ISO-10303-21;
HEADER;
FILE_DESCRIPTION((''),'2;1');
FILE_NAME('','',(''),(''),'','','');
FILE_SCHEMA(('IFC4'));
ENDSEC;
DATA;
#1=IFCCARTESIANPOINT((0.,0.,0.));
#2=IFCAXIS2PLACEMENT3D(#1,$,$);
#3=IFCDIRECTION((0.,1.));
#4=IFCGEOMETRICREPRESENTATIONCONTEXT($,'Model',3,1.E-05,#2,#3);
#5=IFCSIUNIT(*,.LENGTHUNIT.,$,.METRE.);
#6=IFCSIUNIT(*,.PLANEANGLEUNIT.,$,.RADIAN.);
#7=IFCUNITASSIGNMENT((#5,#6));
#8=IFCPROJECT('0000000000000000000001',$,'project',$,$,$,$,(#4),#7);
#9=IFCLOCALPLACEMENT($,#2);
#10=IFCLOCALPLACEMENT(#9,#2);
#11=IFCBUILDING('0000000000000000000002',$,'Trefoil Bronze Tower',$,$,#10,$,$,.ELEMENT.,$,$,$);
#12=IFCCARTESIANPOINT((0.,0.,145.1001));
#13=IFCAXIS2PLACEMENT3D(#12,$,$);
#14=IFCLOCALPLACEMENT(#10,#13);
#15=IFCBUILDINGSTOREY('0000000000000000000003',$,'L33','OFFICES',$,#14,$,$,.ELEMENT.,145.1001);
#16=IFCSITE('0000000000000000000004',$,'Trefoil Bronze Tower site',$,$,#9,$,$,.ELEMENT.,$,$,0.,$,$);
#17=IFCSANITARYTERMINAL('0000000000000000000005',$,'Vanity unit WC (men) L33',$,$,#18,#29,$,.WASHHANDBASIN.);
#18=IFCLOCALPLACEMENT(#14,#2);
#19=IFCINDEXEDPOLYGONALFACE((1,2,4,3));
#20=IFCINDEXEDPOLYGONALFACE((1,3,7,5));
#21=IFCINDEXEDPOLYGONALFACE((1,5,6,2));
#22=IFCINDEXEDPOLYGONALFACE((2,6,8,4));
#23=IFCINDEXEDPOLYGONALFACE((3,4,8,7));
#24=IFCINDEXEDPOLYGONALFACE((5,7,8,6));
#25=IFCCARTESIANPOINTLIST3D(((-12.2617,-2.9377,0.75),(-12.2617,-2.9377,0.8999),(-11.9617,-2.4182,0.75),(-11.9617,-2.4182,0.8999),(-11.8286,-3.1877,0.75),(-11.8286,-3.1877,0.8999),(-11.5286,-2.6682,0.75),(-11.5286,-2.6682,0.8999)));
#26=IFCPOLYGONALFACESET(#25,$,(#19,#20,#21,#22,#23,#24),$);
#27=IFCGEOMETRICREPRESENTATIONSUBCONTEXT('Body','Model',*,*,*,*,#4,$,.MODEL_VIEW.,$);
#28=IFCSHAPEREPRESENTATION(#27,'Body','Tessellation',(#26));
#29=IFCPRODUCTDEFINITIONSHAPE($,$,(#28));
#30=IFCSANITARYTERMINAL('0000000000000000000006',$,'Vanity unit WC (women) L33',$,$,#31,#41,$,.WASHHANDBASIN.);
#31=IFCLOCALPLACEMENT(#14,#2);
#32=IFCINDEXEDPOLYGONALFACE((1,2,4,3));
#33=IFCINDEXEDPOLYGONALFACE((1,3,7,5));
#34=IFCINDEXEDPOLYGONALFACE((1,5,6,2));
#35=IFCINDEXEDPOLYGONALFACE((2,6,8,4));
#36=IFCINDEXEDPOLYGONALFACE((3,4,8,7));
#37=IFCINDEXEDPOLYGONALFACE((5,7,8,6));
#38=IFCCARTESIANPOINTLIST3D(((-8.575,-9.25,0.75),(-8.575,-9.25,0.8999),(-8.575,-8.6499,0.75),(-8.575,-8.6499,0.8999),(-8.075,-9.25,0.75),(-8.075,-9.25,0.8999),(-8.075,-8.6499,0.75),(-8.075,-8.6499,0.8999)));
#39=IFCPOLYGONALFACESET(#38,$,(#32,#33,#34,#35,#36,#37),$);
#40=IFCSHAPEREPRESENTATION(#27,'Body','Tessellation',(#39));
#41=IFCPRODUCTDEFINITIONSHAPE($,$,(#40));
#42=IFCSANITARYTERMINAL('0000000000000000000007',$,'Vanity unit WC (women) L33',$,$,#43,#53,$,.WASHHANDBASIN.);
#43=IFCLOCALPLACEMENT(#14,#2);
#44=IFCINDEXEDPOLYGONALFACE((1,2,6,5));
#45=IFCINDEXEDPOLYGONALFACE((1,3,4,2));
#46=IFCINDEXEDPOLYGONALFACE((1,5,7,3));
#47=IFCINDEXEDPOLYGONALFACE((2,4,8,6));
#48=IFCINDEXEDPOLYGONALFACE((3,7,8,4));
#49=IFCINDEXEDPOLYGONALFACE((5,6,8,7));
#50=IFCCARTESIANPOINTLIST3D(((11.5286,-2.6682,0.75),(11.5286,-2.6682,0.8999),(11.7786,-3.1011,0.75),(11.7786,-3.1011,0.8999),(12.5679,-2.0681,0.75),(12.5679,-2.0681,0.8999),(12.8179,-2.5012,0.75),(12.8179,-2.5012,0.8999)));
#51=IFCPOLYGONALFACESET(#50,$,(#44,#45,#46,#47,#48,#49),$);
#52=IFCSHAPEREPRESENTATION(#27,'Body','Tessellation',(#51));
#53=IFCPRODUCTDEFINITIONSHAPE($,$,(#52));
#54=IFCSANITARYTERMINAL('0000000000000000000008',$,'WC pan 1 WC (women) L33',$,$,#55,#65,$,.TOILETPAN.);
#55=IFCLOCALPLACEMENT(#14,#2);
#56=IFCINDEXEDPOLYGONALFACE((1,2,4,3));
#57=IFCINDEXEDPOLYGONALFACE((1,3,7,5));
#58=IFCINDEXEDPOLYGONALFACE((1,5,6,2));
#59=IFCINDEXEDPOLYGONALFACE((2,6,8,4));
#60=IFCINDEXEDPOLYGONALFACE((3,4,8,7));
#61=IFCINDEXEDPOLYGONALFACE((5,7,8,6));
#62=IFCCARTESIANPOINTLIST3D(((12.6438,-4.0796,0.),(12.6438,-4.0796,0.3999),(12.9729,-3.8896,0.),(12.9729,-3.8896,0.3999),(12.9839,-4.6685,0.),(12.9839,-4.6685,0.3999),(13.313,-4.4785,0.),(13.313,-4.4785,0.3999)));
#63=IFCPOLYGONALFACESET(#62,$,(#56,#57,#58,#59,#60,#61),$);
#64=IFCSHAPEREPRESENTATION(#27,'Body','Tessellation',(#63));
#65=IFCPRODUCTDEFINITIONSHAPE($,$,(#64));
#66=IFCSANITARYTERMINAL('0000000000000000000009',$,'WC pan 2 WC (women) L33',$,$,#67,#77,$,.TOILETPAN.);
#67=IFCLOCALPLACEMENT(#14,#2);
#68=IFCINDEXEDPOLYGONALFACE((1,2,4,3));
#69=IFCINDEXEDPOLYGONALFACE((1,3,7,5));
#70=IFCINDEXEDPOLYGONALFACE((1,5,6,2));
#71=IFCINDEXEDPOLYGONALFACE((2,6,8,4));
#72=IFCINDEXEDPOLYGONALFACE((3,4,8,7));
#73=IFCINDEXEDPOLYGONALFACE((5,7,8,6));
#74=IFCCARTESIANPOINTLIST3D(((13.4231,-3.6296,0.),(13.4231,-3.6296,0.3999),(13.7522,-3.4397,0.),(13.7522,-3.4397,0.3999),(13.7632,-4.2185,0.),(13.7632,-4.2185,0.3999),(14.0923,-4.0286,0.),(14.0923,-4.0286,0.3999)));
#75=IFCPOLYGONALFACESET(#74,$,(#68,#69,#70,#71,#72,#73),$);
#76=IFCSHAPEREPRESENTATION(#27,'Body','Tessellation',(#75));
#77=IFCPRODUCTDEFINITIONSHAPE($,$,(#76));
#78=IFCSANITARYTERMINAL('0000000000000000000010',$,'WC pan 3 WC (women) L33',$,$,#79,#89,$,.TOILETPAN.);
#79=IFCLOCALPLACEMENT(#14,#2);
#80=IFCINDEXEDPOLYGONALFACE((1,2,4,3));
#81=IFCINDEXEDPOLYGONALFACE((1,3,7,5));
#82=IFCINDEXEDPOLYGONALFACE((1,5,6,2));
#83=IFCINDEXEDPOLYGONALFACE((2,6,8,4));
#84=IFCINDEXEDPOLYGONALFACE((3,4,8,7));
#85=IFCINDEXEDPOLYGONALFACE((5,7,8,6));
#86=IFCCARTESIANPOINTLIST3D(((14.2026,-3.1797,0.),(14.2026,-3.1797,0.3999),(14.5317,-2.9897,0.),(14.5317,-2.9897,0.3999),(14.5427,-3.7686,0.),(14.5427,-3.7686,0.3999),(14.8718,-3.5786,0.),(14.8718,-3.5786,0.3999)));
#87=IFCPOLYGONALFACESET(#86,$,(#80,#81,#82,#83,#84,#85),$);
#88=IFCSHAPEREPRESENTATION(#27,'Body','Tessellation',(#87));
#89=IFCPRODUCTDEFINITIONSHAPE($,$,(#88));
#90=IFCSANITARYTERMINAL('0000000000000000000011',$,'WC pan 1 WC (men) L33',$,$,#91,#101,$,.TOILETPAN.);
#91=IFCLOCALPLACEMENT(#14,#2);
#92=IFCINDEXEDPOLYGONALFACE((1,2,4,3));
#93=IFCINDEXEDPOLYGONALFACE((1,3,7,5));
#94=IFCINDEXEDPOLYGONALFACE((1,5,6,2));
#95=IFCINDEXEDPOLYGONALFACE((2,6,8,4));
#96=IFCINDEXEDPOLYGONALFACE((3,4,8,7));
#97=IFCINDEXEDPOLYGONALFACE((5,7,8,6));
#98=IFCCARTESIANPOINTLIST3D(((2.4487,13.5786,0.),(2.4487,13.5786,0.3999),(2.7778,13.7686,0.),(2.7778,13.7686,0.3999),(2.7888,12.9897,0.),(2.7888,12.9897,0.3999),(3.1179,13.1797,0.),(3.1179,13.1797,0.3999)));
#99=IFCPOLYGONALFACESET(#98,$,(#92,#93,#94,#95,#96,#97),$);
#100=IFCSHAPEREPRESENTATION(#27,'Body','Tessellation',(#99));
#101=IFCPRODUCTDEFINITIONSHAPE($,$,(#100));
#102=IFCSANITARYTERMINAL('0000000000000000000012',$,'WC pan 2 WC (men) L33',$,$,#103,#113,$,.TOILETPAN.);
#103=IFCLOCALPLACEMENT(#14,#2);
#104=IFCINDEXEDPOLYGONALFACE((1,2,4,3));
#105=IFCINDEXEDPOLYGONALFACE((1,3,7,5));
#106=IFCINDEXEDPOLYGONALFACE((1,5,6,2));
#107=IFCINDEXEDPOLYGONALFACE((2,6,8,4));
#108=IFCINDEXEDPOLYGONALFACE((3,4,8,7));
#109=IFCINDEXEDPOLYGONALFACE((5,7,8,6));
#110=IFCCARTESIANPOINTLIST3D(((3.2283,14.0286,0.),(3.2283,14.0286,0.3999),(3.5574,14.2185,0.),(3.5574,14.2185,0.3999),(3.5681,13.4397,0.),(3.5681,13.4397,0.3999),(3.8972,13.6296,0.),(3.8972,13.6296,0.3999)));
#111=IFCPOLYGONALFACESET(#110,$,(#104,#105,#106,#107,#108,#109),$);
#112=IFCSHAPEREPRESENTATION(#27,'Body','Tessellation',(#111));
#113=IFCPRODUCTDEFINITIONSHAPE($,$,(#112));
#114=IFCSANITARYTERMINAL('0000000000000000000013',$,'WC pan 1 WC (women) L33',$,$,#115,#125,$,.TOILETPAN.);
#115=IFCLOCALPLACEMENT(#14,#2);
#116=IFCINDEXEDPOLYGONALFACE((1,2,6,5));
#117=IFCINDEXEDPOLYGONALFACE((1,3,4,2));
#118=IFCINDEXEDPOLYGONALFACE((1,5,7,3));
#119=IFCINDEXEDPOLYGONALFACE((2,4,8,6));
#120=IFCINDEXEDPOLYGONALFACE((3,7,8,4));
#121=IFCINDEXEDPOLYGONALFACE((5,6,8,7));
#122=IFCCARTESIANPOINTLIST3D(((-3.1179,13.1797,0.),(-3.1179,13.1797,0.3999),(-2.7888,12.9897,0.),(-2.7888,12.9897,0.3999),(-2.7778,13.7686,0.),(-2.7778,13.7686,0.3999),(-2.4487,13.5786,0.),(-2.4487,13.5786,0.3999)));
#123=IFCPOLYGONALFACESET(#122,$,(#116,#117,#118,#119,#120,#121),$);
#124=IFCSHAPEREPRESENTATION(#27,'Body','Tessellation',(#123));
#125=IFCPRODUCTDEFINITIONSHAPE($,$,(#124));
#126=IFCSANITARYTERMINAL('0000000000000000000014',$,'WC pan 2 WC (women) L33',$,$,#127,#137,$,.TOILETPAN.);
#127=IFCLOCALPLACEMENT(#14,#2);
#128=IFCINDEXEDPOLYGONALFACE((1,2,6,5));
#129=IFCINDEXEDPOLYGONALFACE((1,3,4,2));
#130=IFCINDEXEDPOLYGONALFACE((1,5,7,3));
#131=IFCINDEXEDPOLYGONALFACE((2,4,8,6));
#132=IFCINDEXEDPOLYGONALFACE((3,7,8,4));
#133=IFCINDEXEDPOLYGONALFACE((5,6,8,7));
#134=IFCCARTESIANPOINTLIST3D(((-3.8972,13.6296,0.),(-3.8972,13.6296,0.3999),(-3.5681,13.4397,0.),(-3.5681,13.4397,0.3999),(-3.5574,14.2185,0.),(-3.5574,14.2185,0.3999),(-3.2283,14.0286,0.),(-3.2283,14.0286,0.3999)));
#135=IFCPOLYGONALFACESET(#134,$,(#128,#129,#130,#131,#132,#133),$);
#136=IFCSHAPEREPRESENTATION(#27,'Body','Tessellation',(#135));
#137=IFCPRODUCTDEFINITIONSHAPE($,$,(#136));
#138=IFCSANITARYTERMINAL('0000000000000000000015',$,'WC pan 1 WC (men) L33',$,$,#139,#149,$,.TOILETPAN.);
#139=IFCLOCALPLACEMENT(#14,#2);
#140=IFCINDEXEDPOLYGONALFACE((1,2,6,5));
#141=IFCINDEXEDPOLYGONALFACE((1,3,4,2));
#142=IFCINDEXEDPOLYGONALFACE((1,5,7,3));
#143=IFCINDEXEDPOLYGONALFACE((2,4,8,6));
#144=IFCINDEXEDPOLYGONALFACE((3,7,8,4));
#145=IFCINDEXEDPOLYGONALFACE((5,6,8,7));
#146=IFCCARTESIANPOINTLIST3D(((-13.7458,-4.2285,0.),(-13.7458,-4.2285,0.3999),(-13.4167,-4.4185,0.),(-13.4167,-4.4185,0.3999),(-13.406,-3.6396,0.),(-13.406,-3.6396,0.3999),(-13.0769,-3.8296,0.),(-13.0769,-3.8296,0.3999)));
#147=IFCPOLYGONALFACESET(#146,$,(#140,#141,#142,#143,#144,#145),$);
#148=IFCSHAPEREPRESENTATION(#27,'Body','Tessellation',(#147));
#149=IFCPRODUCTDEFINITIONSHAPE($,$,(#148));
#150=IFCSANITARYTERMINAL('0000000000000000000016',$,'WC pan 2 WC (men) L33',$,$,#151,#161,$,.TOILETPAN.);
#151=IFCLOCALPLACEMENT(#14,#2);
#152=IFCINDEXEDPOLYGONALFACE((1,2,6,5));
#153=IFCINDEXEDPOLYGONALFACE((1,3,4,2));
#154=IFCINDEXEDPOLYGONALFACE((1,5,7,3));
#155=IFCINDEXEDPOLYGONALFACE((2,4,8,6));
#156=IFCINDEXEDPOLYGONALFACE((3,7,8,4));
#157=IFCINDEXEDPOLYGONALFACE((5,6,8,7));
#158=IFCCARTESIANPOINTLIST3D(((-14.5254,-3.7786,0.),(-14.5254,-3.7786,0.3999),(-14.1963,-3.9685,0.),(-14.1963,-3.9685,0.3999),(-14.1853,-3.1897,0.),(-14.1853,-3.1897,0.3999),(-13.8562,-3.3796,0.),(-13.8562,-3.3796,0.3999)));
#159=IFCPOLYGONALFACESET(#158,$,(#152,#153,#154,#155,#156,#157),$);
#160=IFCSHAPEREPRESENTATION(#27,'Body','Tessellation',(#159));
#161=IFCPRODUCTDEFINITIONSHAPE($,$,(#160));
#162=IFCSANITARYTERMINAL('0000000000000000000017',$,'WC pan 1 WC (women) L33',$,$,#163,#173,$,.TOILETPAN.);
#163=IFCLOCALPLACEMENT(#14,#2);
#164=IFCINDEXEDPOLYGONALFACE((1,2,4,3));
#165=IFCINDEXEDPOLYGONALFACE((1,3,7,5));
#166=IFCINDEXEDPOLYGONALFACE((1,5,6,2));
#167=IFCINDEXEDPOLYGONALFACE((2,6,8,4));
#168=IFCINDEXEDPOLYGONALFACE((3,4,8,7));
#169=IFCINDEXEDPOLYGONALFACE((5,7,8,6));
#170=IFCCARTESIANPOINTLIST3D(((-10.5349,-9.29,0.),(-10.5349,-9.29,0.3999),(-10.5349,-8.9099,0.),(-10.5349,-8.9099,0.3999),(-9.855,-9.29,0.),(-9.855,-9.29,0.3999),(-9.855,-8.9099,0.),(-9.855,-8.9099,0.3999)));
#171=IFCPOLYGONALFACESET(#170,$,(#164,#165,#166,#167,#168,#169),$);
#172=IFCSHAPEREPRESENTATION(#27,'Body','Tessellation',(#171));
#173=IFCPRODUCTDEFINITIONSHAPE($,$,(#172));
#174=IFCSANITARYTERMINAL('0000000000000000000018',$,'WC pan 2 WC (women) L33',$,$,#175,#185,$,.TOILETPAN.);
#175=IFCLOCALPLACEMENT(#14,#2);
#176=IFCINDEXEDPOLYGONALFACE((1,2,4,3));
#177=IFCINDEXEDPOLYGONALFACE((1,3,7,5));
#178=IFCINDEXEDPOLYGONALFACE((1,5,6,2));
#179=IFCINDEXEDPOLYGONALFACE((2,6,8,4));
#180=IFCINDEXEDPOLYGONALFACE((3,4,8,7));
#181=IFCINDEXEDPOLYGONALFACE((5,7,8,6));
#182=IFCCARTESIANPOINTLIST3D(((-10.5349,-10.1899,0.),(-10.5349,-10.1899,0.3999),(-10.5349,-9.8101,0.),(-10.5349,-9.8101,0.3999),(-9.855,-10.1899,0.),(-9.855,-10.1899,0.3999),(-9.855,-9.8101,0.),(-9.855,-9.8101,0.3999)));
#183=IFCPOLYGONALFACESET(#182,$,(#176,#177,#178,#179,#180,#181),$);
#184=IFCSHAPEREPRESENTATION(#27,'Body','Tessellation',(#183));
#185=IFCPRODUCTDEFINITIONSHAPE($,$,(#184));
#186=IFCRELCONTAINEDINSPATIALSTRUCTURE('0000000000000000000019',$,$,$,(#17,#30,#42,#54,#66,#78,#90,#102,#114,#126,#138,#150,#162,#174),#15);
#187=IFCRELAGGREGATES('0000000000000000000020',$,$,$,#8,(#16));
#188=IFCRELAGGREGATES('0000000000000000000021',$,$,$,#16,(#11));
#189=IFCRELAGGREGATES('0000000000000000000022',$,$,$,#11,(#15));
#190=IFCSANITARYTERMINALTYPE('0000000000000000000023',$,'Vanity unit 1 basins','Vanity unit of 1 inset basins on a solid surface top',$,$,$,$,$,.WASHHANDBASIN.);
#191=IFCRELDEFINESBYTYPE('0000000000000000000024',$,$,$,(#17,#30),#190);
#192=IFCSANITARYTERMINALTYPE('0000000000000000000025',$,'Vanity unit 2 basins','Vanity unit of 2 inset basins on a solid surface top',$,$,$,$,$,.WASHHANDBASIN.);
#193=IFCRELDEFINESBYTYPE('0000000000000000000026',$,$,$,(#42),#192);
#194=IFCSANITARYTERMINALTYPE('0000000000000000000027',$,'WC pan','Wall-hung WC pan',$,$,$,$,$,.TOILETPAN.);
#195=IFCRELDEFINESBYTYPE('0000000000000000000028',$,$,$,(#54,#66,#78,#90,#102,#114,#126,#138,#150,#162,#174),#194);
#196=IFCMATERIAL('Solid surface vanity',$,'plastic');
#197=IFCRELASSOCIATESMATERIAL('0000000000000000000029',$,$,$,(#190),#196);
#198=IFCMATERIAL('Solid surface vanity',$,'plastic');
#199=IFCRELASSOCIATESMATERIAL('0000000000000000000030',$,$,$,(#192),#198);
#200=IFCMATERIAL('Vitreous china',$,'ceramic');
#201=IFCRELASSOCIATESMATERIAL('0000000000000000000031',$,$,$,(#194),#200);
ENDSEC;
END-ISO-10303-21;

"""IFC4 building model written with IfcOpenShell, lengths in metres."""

from ifc_helpers import new_model, si_unit, direction, frame, origin, place, context, subcontext, project, spatial, polyline, outline, extrude, material, type_object, element, save


model = new_model("IFC4")

# Units and contexts
model_context = context("Model", 3, precision=1e-05, world=origin(), true_north=direction((0.0, 1.0)))
body_context = subcontext(model_context, "Body", "Model", "MODEL_VIEW")
ifc_project = project(units=[si_unit("LENGTHUNIT", "METRE"), si_unit("PLANEANGLEUNIT", "RADIAN")], contexts=[model_context])

# Site, building, storey
site_placement = place(None, origin())
site = spatial("IfcSite", under=ifc_project, at=site_placement, Name="Trefoil Bronze Tower site", CompositionType="ELEMENT", RefElevation=0.0)
building_placement = place(site_placement, origin())
building = spatial("IfcBuilding", under=site, at=building_placement, Name="Trefoil Bronze Tower", CompositionType="ELEMENT")
storey_placement = place(building_placement, frame((0.0, 0.0, 145.1001)))
storey = spatial("IfcBuildingStorey", under=building, at=storey_placement, Name="L33", Description="OFFICES", CompositionType="ELEMENT", Elevation=145.1001)

# Sanitary terminals
ifc_material_1 = material(Name="Solid surface vanity", Category="plastic")
sanitary_terminal_type_1 = type_object("IfcSanitaryTerminalType", Name="Vanity unit 1 basins", Description="Vanity unit of 1 inset basins on a solid surface top", PredefinedType="WASHHANDBASIN", material=ifc_material_1)
sanitary_terminal_1_placement = place(storey_placement, frame((0.0, 0.0, 0.75)))
element("IfcSanitaryTerminal", 1, at=sanitary_terminal_1_placement, inside=storey, type_object=sanitary_terminal_type_1, Name="Vanity unit WC (men) L33", PredefinedType="WASHHANDBASIN", context=body_context, shape_type="SweptSolid", body=[
    extrude(outline(polyline([(-11.5286, -2.6682), (-11.8286, -3.1877), (-12.2617, -2.9377), (-11.9617, -2.4182), (-11.5286, -2.6682)])), origin(), (0.0, 0.0, 1.0), 0.1499),
])
sanitary_terminal_2_placement = place(storey_placement, frame((0.0, 0.0, 0.75)))
element("IfcSanitaryTerminal", 2, at=sanitary_terminal_2_placement, inside=storey, type_object=sanitary_terminal_type_1, Name="Vanity unit WC (women) L33", PredefinedType="WASHHANDBASIN", context=body_context, shape_type="SweptSolid", body=[
    extrude(outline(polyline([(-8.075, -8.6499), (-8.575, -8.6499), (-8.575, -9.25), (-8.075, -9.25), (-8.075, -8.6499)])), origin(), (0.0, 0.0, 1.0), 0.1499),
])
ifc_material_2 = material(Name="Solid surface vanity", Category="plastic")
sanitary_terminal_type_2 = type_object("IfcSanitaryTerminalType", Name="Vanity unit 2 basins", Description="Vanity unit of 2 inset basins on a solid surface top", PredefinedType="WASHHANDBASIN", material=ifc_material_2)
sanitary_terminal_3_placement = place(storey_placement, frame((0.0, 0.0, 0.75)))
element("IfcSanitaryTerminal", 3, at=sanitary_terminal_3_placement, inside=storey, type_object=sanitary_terminal_type_2, Name="Vanity unit WC (women) L33", PredefinedType="WASHHANDBASIN", context=body_context, shape_type="SweptSolid", body=[
    extrude(outline(polyline([(11.5286, -2.6682), (11.7786, -3.1011), (12.8179, -2.5012), (12.5679, -2.0681), (11.5286, -2.6682)])), origin(), (0.0, 0.0, 1.0), 0.1499),
])
ifc_material_3 = material(Name="Vitreous china", Category="ceramic")
sanitary_terminal_type_3 = type_object("IfcSanitaryTerminalType", Name="WC pan", Description="Wall-hung WC pan", PredefinedType="TOILETPAN", material=ifc_material_3)
sanitary_terminal_4_placement = place(storey_placement, origin())
element("IfcSanitaryTerminal", 4, at=sanitary_terminal_4_placement, inside=storey, type_object=sanitary_terminal_type_3, Name="WC pan 1 WC (women) L33", PredefinedType="TOILETPAN", context=body_context, shape_type="SweptSolid", body=[
    extrude(outline(polyline([(12.6438, -4.0796), (12.9839, -4.6685), (13.313, -4.4785), (12.9729, -3.8896), (12.6438, -4.0796)])), origin(), (0.0, 0.0, 1.0), 0.3999),
])
sanitary_terminal_5_placement = place(storey_placement, origin())
element("IfcSanitaryTerminal", 5, at=sanitary_terminal_5_placement, inside=storey, type_object=sanitary_terminal_type_3, Name="WC pan 2 WC (women) L33", PredefinedType="TOILETPAN", context=body_context, shape_type="SweptSolid", body=[
    extrude(outline(polyline([(13.4231, -3.6296), (13.7632, -4.2185), (14.0923, -4.0286), (13.7522, -3.4397), (13.4231, -3.6296)])), origin(), (0.0, 0.0, 1.0), 0.3999),
])
sanitary_terminal_6_placement = place(storey_placement, origin())
element("IfcSanitaryTerminal", 6, at=sanitary_terminal_6_placement, inside=storey, type_object=sanitary_terminal_type_3, Name="WC pan 3 WC (women) L33", PredefinedType="TOILETPAN", context=body_context, shape_type="SweptSolid", body=[
    extrude(outline(polyline([(14.2026, -3.1797), (14.5427, -3.7686), (14.8718, -3.5786), (14.5317, -2.9897), (14.2026, -3.1797)])), origin(), (0.0, 0.0, 1.0), 0.3999),
])
sanitary_terminal_7_placement = place(storey_placement, origin())
element("IfcSanitaryTerminal", 7, at=sanitary_terminal_7_placement, inside=storey, type_object=sanitary_terminal_type_3, Name="WC pan 1 WC (men) L33", PredefinedType="TOILETPAN", context=body_context, shape_type="SweptSolid", body=[
    extrude(outline(polyline([(2.7888, 12.9897), (2.4487, 13.5786), (2.7778, 13.7686), (3.1179, 13.1797), (2.7888, 12.9897)])), origin(), (0.0, 0.0, 1.0), 0.3999),
])
sanitary_terminal_8_placement = place(storey_placement, origin())
element("IfcSanitaryTerminal", 8, at=sanitary_terminal_8_placement, inside=storey, type_object=sanitary_terminal_type_3, Name="WC pan 2 WC (men) L33", PredefinedType="TOILETPAN", context=body_context, shape_type="SweptSolid", body=[
    extrude(outline(polyline([(3.5681, 13.4397), (3.2283, 14.0286), (3.5574, 14.2185), (3.8972, 13.6296), (3.5681, 13.4397)])), origin(), (0.0, 0.0, 1.0), 0.3999),
])
sanitary_terminal_9_placement = place(storey_placement, origin())
element("IfcSanitaryTerminal", 9, at=sanitary_terminal_9_placement, inside=storey, type_object=sanitary_terminal_type_3, Name="WC pan 1 WC (women) L33", PredefinedType="TOILETPAN", context=body_context, shape_type="SweptSolid", body=[
    extrude(outline(polyline([(-2.7888, 12.9897), (-2.4487, 13.5786), (-2.7778, 13.7686), (-3.1179, 13.1797), (-2.7888, 12.9897)])), origin(), (0.0, 0.0, 1.0), 0.3999),
])
sanitary_terminal_10_placement = place(storey_placement, origin())
element("IfcSanitaryTerminal", 10, at=sanitary_terminal_10_placement, inside=storey, type_object=sanitary_terminal_type_3, Name="WC pan 2 WC (women) L33", PredefinedType="TOILETPAN", context=body_context, shape_type="SweptSolid", body=[
    extrude(outline(polyline([(-3.5681, 13.4397), (-3.2283, 14.0286), (-3.5574, 14.2185), (-3.8972, 13.6296), (-3.5681, 13.4397)])), origin(), (0.0, 0.0, 1.0), 0.3999),
])
sanitary_terminal_11_placement = place(storey_placement, origin())
element("IfcSanitaryTerminal", 11, at=sanitary_terminal_11_placement, inside=storey, type_object=sanitary_terminal_type_3, Name="WC pan 1 WC (men) L33", PredefinedType="TOILETPAN", context=body_context, shape_type="SweptSolid", body=[
    extrude(outline(polyline([(-13.0769, -3.8296), (-13.4167, -4.4185), (-13.7458, -4.2285), (-13.406, -3.6396), (-13.0769, -3.8296)])), origin(), (0.0, 0.0, 1.0), 0.3999),
])
sanitary_terminal_12_placement = place(storey_placement, origin())
element("IfcSanitaryTerminal", 12, at=sanitary_terminal_12_placement, inside=storey, type_object=sanitary_terminal_type_3, Name="WC pan 2 WC (men) L33", PredefinedType="TOILETPAN", context=body_context, shape_type="SweptSolid", body=[
    extrude(outline(polyline([(-13.8562, -3.3796), (-14.1963, -3.9685), (-14.5254, -3.7786), (-14.1853, -3.1897), (-13.8562, -3.3796)])), origin(), (0.0, 0.0, 1.0), 0.3999),
])
sanitary_terminal_13_placement = place(storey_placement, origin())
element("IfcSanitaryTerminal", 13, at=sanitary_terminal_13_placement, inside=storey, type_object=sanitary_terminal_type_3, Name="WC pan 1 WC (women) L33", PredefinedType="TOILETPAN", context=body_context, shape_type="SweptSolid", body=[
    extrude(outline(polyline([(-9.855, -8.9099), (-10.5349, -8.9099), (-10.5349, -9.29), (-9.855, -9.29), (-9.855, -8.9099)])), origin(), (0.0, 0.0, 1.0), 0.3999),
])
sanitary_terminal_14_placement = place(storey_placement, origin())
element("IfcSanitaryTerminal", 14, at=sanitary_terminal_14_placement, inside=storey, type_object=sanitary_terminal_type_3, Name="WC pan 2 WC (women) L33", PredefinedType="TOILETPAN", context=body_context, shape_type="SweptSolid", body=[
    extrude(outline(polyline([(-9.855, -9.8101), (-10.5349, -9.8101), (-10.5349, -10.1899), (-9.855, -10.1899), (-9.855, -9.8101)])), origin(), (0.0, 0.0, 1.0), 0.3999),
])

save(model, "model.ifc")
